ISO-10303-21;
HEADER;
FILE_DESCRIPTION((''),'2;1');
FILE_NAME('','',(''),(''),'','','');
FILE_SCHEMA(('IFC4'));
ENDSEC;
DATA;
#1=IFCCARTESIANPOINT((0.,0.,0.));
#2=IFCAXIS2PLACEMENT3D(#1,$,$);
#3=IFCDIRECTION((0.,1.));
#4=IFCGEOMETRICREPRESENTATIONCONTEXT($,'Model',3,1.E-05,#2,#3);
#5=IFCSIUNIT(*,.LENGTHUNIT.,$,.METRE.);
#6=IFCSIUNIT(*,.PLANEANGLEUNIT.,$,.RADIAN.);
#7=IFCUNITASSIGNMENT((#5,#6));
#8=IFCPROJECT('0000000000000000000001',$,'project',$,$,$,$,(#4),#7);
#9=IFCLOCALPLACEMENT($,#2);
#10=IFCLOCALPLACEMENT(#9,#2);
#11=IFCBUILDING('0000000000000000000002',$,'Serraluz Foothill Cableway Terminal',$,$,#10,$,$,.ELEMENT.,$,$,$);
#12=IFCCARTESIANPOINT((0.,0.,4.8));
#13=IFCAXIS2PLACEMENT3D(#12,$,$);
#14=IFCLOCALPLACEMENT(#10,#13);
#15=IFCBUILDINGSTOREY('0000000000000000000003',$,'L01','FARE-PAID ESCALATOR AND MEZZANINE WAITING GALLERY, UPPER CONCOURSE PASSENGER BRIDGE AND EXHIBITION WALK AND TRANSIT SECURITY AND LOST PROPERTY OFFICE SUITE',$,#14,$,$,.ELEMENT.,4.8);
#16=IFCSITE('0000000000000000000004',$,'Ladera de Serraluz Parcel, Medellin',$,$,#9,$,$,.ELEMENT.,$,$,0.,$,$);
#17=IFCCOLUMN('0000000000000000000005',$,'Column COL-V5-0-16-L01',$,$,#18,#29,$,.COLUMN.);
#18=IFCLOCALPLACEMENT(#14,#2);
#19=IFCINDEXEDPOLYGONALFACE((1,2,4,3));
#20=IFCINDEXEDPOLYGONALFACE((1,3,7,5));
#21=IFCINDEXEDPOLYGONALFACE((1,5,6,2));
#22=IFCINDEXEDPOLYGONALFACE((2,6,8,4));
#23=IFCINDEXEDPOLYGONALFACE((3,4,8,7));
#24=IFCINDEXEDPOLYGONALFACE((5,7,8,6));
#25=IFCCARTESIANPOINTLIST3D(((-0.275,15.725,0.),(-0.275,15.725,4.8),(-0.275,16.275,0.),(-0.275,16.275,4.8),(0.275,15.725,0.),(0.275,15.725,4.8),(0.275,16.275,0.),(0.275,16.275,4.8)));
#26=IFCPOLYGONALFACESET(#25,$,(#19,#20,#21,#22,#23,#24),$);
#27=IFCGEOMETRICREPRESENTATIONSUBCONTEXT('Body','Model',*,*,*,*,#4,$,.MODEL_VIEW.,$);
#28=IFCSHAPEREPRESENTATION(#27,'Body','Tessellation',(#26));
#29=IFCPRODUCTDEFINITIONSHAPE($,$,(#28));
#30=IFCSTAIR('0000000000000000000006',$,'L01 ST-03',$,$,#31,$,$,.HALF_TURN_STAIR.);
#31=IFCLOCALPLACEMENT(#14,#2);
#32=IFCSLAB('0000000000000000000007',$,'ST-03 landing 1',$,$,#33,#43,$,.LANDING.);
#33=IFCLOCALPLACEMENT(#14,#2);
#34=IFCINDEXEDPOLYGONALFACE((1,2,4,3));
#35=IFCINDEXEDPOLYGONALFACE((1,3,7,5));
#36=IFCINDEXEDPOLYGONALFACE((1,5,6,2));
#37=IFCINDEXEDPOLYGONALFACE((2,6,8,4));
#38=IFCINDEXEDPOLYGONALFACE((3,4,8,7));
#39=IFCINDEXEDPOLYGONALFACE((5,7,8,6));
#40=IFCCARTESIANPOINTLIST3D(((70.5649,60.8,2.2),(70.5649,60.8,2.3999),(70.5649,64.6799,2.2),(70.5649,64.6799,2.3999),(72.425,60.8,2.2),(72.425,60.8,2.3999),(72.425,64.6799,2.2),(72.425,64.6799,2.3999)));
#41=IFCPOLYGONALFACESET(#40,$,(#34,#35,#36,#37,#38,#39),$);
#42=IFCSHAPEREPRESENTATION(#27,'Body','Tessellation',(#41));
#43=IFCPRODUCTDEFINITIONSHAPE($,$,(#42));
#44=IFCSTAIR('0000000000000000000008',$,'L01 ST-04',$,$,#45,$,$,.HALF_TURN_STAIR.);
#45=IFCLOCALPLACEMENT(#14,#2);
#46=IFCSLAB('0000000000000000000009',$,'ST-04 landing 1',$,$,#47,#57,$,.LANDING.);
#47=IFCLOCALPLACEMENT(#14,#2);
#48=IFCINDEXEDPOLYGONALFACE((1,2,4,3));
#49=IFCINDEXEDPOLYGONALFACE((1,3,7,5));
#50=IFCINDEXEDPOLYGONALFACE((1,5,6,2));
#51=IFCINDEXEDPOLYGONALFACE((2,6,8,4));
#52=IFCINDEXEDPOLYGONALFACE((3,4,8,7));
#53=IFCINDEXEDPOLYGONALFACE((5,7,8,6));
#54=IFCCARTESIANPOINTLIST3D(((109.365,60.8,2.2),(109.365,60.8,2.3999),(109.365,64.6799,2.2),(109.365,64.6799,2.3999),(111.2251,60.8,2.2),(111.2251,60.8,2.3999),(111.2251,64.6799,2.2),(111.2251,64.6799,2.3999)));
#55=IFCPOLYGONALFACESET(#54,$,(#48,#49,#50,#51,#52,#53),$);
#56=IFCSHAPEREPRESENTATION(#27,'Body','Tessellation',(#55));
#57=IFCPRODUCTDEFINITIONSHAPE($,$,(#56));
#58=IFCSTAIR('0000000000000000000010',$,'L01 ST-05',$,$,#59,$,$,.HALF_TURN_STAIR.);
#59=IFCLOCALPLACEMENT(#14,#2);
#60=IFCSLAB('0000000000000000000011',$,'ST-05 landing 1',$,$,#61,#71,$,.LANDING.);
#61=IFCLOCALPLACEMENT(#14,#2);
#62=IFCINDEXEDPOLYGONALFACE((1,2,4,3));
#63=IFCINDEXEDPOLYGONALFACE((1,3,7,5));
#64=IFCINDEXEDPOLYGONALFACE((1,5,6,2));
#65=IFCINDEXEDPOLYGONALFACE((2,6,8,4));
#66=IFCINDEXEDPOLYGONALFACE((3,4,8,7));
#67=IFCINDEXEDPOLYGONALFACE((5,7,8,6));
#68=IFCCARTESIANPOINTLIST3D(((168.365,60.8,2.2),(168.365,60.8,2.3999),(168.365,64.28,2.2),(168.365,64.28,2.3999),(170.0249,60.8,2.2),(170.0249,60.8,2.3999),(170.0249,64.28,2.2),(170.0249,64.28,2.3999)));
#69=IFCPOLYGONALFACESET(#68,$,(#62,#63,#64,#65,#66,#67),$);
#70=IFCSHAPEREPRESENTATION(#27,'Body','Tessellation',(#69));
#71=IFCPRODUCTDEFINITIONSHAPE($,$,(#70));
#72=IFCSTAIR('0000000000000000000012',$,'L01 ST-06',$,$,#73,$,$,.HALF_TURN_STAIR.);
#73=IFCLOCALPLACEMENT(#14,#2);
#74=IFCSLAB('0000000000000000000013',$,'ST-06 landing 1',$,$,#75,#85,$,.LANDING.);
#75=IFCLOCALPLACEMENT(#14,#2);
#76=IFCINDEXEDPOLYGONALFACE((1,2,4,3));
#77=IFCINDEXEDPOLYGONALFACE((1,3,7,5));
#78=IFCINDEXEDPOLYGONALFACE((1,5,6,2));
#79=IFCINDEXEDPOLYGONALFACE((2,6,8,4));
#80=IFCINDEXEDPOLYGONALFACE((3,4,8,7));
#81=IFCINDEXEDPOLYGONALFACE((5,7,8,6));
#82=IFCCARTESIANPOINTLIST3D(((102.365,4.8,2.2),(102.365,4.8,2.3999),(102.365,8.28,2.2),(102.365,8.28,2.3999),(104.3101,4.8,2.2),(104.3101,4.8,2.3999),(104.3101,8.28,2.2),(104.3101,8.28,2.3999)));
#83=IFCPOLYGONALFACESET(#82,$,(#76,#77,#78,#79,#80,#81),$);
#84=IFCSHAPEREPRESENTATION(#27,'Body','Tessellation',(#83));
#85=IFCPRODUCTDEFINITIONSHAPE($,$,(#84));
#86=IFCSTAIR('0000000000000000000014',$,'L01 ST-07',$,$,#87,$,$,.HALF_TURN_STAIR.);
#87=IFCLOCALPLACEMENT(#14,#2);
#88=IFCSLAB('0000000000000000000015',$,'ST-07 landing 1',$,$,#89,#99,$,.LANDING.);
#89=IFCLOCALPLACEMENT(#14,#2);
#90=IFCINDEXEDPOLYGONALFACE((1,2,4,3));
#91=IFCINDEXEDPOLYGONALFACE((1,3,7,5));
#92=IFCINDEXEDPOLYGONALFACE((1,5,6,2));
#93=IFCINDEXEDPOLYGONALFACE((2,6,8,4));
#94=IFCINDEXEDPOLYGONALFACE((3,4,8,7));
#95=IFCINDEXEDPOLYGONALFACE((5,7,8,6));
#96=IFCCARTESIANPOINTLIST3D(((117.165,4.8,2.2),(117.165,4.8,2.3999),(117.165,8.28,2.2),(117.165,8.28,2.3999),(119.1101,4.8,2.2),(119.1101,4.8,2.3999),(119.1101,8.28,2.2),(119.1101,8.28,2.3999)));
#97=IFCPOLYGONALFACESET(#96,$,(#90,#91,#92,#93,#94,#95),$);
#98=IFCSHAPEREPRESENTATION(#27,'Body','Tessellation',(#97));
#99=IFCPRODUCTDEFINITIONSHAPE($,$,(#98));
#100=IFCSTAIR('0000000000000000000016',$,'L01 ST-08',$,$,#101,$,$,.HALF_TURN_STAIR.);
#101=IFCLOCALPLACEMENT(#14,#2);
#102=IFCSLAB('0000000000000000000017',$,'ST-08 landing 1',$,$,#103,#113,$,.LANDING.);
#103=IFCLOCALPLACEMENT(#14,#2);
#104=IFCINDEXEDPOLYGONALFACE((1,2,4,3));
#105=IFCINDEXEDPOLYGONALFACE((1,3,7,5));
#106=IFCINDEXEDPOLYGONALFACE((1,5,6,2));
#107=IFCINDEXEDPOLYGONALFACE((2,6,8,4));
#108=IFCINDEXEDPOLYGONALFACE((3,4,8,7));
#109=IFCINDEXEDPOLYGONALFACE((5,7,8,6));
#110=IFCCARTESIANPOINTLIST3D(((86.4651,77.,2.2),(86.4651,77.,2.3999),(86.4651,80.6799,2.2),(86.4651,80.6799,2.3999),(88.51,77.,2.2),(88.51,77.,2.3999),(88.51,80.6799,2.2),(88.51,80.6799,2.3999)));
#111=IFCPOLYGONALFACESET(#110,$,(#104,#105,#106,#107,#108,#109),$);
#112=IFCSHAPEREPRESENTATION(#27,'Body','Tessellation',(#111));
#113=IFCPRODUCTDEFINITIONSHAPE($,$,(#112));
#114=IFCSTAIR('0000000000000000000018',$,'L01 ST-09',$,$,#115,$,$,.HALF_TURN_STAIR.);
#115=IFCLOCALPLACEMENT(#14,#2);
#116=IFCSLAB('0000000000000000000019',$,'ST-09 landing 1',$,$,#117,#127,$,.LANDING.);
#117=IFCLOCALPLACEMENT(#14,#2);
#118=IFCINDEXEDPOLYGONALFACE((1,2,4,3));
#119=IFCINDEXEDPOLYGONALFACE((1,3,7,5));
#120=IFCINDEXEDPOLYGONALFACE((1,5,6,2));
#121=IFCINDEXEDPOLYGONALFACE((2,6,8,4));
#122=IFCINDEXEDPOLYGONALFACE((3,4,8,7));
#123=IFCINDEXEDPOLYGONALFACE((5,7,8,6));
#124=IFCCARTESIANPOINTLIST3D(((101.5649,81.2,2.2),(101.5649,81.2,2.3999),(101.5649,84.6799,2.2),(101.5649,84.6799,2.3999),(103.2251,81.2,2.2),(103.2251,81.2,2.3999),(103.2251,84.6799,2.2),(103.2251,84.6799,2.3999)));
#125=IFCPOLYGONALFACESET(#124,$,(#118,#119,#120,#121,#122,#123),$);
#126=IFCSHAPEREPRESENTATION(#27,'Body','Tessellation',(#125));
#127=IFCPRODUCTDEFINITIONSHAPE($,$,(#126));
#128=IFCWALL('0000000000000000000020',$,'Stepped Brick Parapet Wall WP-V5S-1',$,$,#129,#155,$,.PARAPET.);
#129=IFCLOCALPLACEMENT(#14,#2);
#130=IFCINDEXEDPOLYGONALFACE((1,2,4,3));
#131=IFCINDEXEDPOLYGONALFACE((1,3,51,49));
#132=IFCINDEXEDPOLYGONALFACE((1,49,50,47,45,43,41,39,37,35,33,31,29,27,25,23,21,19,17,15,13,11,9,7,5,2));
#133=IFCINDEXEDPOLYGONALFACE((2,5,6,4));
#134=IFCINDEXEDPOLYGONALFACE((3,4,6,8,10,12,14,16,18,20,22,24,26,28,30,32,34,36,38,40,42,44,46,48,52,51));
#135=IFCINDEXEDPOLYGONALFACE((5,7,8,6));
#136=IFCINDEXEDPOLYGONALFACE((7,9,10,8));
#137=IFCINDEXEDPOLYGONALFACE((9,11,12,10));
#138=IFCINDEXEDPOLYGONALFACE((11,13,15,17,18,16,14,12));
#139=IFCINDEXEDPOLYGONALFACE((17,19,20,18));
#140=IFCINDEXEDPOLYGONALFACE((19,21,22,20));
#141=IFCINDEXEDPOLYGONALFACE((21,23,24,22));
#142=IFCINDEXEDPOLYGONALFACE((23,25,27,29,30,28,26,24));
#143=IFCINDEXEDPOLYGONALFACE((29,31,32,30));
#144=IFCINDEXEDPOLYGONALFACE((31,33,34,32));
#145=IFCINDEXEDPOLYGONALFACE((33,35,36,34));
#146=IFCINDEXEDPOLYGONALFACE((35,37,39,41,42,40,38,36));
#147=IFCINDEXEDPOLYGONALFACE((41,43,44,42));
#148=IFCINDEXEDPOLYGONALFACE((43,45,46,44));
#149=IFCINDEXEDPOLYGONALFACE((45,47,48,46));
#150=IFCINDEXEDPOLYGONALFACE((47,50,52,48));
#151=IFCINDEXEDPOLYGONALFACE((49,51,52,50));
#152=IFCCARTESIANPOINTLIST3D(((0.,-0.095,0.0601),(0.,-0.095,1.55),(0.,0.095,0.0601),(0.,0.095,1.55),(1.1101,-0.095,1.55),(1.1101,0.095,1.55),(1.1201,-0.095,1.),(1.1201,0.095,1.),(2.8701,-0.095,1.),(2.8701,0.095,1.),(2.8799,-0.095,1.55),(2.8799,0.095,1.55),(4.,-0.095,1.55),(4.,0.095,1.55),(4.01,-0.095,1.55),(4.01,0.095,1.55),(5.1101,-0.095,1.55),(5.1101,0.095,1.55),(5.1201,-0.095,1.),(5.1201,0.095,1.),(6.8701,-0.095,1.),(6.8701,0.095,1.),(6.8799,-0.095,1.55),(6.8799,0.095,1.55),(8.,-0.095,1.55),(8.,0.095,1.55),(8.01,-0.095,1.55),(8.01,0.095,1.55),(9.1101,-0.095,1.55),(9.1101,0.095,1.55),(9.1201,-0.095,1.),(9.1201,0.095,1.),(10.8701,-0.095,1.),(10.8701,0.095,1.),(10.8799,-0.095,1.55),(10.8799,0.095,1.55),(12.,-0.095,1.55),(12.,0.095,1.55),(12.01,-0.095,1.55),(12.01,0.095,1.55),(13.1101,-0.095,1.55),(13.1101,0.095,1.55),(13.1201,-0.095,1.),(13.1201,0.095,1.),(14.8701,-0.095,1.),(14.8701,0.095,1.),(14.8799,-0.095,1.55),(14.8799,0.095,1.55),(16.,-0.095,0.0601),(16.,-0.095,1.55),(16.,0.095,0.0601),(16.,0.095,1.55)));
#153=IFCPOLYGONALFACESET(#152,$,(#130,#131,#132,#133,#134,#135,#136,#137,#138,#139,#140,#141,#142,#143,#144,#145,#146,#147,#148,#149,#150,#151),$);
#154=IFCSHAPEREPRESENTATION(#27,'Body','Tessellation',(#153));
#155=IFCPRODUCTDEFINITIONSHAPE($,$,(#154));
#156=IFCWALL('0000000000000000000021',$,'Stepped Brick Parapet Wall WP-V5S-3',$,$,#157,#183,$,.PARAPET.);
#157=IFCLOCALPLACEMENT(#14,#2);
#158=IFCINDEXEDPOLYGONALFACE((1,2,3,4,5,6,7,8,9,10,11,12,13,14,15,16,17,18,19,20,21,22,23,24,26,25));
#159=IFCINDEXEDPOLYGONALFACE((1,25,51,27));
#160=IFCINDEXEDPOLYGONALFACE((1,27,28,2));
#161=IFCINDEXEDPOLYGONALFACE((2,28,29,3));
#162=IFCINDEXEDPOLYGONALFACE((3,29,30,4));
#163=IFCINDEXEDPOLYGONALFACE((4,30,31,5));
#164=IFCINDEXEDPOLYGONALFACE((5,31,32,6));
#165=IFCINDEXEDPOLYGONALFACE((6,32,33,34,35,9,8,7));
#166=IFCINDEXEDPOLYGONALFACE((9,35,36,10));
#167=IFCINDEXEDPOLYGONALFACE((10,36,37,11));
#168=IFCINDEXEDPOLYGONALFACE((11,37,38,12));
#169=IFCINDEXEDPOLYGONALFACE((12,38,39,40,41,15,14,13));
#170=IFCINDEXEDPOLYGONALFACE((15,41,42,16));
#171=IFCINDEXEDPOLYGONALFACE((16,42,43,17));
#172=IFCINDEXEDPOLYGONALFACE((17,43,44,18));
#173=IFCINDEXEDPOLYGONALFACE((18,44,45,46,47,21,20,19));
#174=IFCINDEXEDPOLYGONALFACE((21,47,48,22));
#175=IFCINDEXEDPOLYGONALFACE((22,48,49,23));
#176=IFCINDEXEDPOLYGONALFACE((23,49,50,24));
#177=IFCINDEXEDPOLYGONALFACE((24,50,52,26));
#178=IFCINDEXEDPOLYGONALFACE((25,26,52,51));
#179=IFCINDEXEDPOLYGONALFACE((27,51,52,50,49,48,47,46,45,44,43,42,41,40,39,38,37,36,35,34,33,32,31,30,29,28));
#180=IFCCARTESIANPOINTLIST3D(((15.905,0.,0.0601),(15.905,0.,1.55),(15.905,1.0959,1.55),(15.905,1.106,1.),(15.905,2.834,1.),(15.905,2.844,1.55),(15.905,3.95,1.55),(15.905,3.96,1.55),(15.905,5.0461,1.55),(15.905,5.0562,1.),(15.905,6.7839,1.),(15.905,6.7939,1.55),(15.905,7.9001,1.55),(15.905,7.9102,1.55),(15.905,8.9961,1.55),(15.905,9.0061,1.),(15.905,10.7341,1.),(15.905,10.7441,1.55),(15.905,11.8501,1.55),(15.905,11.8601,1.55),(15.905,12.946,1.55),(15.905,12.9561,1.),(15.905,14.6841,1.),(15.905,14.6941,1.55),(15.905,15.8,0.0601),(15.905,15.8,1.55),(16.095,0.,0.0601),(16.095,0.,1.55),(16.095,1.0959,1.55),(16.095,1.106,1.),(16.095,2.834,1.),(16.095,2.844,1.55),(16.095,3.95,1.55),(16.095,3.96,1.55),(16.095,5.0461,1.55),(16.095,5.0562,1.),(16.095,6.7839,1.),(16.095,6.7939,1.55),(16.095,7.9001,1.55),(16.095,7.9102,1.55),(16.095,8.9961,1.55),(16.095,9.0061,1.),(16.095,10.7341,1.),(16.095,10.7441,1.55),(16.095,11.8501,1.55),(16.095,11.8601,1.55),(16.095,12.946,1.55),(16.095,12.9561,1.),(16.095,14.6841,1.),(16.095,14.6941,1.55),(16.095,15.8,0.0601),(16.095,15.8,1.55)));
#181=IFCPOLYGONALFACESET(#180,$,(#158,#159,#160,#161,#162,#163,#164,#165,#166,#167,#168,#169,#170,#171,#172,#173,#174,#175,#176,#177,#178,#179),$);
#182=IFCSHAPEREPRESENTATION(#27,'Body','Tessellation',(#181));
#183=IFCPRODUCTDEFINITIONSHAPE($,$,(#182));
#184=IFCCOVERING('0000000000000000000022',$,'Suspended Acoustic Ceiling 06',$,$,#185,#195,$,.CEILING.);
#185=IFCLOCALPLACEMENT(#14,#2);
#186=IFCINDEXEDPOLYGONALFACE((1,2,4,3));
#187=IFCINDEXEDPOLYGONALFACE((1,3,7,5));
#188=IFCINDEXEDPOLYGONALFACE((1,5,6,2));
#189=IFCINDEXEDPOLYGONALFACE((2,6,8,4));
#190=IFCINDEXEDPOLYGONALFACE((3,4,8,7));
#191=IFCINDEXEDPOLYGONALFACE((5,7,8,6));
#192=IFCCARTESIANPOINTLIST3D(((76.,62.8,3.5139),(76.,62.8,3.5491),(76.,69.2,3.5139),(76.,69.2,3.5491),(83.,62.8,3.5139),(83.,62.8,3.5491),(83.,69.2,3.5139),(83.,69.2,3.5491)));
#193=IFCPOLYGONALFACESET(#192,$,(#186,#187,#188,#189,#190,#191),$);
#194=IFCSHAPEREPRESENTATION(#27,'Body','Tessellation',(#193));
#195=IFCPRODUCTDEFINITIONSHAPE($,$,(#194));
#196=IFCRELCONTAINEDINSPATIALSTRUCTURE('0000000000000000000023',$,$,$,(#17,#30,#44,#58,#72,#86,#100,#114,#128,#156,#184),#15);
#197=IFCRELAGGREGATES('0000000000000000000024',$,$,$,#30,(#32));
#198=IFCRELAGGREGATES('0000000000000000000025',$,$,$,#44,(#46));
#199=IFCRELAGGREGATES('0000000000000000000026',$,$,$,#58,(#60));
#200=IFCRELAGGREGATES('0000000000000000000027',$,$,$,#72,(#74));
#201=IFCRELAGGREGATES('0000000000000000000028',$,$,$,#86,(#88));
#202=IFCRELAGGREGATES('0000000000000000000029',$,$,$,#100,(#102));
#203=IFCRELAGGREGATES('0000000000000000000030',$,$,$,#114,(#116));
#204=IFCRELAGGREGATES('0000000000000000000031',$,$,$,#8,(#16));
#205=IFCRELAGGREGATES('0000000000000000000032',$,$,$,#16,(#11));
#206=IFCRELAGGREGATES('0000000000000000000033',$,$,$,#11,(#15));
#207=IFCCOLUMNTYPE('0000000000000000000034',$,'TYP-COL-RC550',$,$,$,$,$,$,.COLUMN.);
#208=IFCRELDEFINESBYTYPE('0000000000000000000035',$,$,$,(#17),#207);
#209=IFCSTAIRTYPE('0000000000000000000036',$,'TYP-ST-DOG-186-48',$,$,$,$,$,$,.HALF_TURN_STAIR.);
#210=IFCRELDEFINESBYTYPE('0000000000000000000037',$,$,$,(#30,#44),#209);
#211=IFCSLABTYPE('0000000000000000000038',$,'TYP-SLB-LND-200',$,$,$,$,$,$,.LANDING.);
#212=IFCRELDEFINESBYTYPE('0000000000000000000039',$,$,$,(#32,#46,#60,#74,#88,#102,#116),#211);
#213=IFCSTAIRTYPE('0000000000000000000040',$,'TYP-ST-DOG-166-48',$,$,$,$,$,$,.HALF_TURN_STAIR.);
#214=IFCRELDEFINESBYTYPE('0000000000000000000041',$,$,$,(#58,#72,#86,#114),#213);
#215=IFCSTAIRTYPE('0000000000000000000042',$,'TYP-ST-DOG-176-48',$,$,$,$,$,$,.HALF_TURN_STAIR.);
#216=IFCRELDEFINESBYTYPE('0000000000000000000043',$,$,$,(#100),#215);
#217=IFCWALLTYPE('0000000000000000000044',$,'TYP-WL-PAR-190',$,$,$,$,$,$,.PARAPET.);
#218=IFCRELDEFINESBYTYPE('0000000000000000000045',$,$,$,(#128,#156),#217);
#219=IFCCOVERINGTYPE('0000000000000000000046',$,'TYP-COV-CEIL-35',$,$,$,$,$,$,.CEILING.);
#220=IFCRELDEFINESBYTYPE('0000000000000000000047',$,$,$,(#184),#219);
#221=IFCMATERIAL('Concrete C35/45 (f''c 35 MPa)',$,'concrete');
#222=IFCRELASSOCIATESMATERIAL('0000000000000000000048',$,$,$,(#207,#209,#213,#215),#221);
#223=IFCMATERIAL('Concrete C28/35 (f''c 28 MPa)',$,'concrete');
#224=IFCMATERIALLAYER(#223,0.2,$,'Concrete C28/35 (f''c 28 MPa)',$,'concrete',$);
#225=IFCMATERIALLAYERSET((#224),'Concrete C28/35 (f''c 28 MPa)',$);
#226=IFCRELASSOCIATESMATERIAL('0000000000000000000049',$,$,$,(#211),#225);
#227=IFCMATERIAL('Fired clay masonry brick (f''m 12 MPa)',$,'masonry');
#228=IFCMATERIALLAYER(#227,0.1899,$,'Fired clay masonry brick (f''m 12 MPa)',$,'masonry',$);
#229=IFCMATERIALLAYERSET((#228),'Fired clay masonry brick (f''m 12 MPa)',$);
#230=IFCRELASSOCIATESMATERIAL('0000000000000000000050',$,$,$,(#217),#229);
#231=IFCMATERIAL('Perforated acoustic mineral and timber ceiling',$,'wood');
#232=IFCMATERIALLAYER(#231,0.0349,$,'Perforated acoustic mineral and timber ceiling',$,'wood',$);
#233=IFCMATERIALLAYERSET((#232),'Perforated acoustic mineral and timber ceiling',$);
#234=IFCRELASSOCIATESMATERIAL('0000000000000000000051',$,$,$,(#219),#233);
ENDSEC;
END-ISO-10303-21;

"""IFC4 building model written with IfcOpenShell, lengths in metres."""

from ifc_helpers import new_model, si_unit, direction, frame, origin, origin_2d, place, context, subcontext, project, spatial, polyline, rectangle, outline, extrude, material, layer, layer_set, material_profile, profile_set, type_object, element, aggregate, save


model = new_model("IFC4")

# Units and contexts
model_context = context("Model", 3, precision=1e-05, world=origin(), true_north=direction((0.0, 1.0)))
body_context = subcontext(model_context, "Body", "Model", "MODEL_VIEW")
ifc_project = project(units=[si_unit("LENGTHUNIT", "METRE"), si_unit("PLANEANGLEUNIT", "RADIAN")], contexts=[model_context])

# Site, building, storey
site_placement = place(None, origin())
site = spatial("IfcSite", under=ifc_project, at=site_placement, Name="Ladera de Serraluz Parcel, Medellin", CompositionType="ELEMENT", RefElevation=0.0)
building_placement = place(site_placement, origin())
building = spatial("IfcBuilding", under=site, at=building_placement, Name="Serraluz Foothill Cableway Terminal", CompositionType="ELEMENT")
storey_placement = place(building_placement, frame((0.0, 0.0, 4.8)))
storey = spatial("IfcBuildingStorey", under=building, at=storey_placement, Name="L01", Description="FARE-PAID ESCALATOR AND MEZZANINE WAITING GALLERY, UPPER CONCOURSE PASSENGER BRIDGE AND EXHIBITION WALK AND TRANSIT SECURITY AND LOST PROPERTY OFFICE SUITE", CompositionType="ELEMENT", Elevation=4.8)

# Column
ifc_material_1 = material(Name="Concrete C35/45 (f'c 35 MPa)", Category="concrete")
ifc_material_profile = material_profile(ifc_material_1, rectangle(XDim=0.55, YDim=0.55, at=origin_2d()), Name="RC 550x550")
ifc_profile_set = profile_set([ifc_material_profile], Name="Concrete C35/45 (f'c 35 MPa)")
column_type = type_object("IfcColumnType", Name="TYP-COL-RC550", PredefinedType="COLUMN", material=ifc_profile_set)
column_placement = place(storey_placement, frame((0.0, 16.0, 0.0), z_axis=(0.0, 0.0, 1.0), x_axis=(1.0, 0.0, 0.0)))
element("IfcColumn", 1, at=column_placement, inside=storey, type_object=column_type, Name="Column COL-V5-0-16-L01", PredefinedType="COLUMN", context=body_context, shape_type="SweptSolid", body=[
    extrude(rectangle(XDim=0.55, YDim=0.55, at=origin_2d()), origin(), (0.0, 0.0, 1.0), 4.8),
])

# Stairs, slabs
stair_type_1 = type_object("IfcStairType", Name="TYP-ST-DOG-186-48", PredefinedType="HALF_TURN_STAIR", material=ifc_material_1)
stair_1_placement = place(storey_placement, origin())
stair_1 = element("IfcStair", 2, at=stair_1_placement, inside=storey, type_object=stair_type_1, Name="L01 ST-03", PredefinedType="HALF_TURN_STAIR")
ifc_material_2 = material(Name="Concrete C28/35 (f'c 28 MPa)", Category="concrete")
ifc_layer_1 = layer(ifc_material_2, 0.2, Name="Concrete C28/35 (f'c 28 MPa)", Category="concrete")
ifc_layer_set_1 = layer_set([ifc_layer_1], Name="Concrete C28/35 (f'c 28 MPa)")
slab_type = type_object("IfcSlabType", Name="TYP-SLB-LND-200", PredefinedType="LANDING", material=ifc_layer_set_1)
slab_1_placement = place(storey_placement, frame((0.0, 0.0, 2.2)))
slab_1 = element("IfcSlab", 3, at=slab_1_placement, type_object=slab_type, Name="ST-03 landing 1", PredefinedType="LANDING", context=body_context, shape_type="SweptSolid", body=[
    extrude(outline(polyline([(70.5649, 60.8), (72.425, 60.8), (72.425, 64.6799), (70.5649, 64.6799), (70.5649, 60.8)])), origin(), (0.0, 0.0, 1.0), 0.2),
])
aggregate(stair_1, [slab_1])
stair_2_placement = place(storey_placement, origin())
stair_2 = element("IfcStair", 4, at=stair_2_placement, inside=storey, type_object=stair_type_1, Name="L01 ST-04", PredefinedType="HALF_TURN_STAIR")
slab_2_placement = place(storey_placement, frame((0.0, 0.0, 2.2)))
slab_2 = element("IfcSlab", 5, at=slab_2_placement, type_object=slab_type, Name="ST-04 landing 1", PredefinedType="LANDING", context=body_context, shape_type="SweptSolid", body=[
    extrude(outline(polyline([(109.365, 60.8), (111.2251, 60.8), (111.2251, 64.6799), (109.365, 64.6799), (109.365, 60.8)])), origin(), (0.0, 0.0, 1.0), 0.2),
])
aggregate(stair_2, [slab_2])
stair_type_2 = type_object("IfcStairType", Name="TYP-ST-DOG-166-48", PredefinedType="HALF_TURN_STAIR", material=ifc_material_1)
stair_3_placement = place(storey_placement, origin())
stair_3 = element("IfcStair", 6, at=stair_3_placement, inside=storey, type_object=stair_type_2, Name="L01 ST-05", PredefinedType="HALF_TURN_STAIR")
slab_3_placement = place(storey_placement, frame((0.0, 0.0, 2.2)))
slab_3 = element("IfcSlab", 7, at=slab_3_placement, type_object=slab_type, Name="ST-05 landing 1", PredefinedType="LANDING", context=body_context, shape_type="SweptSolid", body=[
    extrude(outline(polyline([(168.365, 60.8), (170.0249, 60.8), (170.0249, 64.28), (168.365, 64.28), (168.365, 60.8)])), origin(), (0.0, 0.0, 1.0), 0.2),
])
aggregate(stair_3, [slab_3])
stair_4_placement = place(storey_placement, origin())
stair_4 = element("IfcStair", 8, at=stair_4_placement, inside=storey, type_object=stair_type_2, Name="L01 ST-06", PredefinedType="HALF_TURN_STAIR")
slab_4_placement = place(storey_placement, frame((0.0, 0.0, 2.2)))
slab_4 = element("IfcSlab", 9, at=slab_4_placement, type_object=slab_type, Name="ST-06 landing 1", PredefinedType="LANDING", context=body_context, shape_type="SweptSolid", body=[
    extrude(outline(polyline([(102.365, 4.8), (104.3101, 4.8), (104.3101, 8.28), (102.365, 8.28), (102.365, 4.8)])), origin(), (0.0, 0.0, 1.0), 0.2),
])
aggregate(stair_4, [slab_4])
stair_5_placement = place(storey_placement, origin())
stair_5 = element("IfcStair", 10, at=stair_5_placement, inside=storey, type_object=stair_type_2, Name="L01 ST-07", PredefinedType="HALF_TURN_STAIR")
slab_5_placement = place(storey_placement, frame((0.0, 0.0, 2.2)))
slab_5 = element("IfcSlab", 11, at=slab_5_placement, type_object=slab_type, Name="ST-07 landing 1", PredefinedType="LANDING", context=body_context, shape_type="SweptSolid", body=[
    extrude(outline(polyline([(117.165, 4.8), (119.1101, 4.8), (119.1101, 8.28), (117.165, 8.28), (117.165, 4.8)])), origin(), (0.0, 0.0, 1.0), 0.2),
])
aggregate(stair_5, [slab_5])
stair_type_3 = type_object("IfcStairType", Name="TYP-ST-DOG-176-48", PredefinedType="HALF_TURN_STAIR", material=ifc_material_1)
stair_6_placement = place(storey_placement, origin())
stair_6 = element("IfcStair", 12, at=stair_6_placement, inside=storey, type_object=stair_type_3, Name="L01 ST-08", PredefinedType="HALF_TURN_STAIR")
slab_6_placement = place(storey_placement, frame((0.0, 0.0, 2.2)))
slab_6 = element("IfcSlab", 13, at=slab_6_placement, type_object=slab_type, Name="ST-08 landing 1", PredefinedType="LANDING", context=body_context, shape_type="SweptSolid", body=[
    extrude(outline(polyline([(86.4651, 77.0), (88.51, 77.0), (88.51, 80.6799), (86.4651, 80.6799), (86.4651, 77.0)])), origin(), (0.0, 0.0, 1.0), 0.2),
])
aggregate(stair_6, [slab_6])
stair_7_placement = place(storey_placement, origin())
stair_7 = element("IfcStair", 14, at=stair_7_placement, inside=storey, type_object=stair_type_2, Name="L01 ST-09", PredefinedType="HALF_TURN_STAIR")
slab_7_placement = place(storey_placement, frame((0.0, 0.0, 2.2)))
slab_7 = element("IfcSlab", 15, at=slab_7_placement, type_object=slab_type, Name="ST-09 landing 1", PredefinedType="LANDING", context=body_context, shape_type="SweptSolid", body=[
    extrude(outline(polyline([(101.5649, 81.2), (103.2251, 81.2), (103.2251, 84.6799), (101.5649, 84.6799), (101.5649, 81.2)])), origin(), (0.0, 0.0, 1.0), 0.2),
])
aggregate(stair_7, [slab_7])

# Walls
ifc_material_3 = material(Name="Fired clay masonry brick (f'm 12 MPa)", Category="masonry")
ifc_layer_2 = layer(ifc_material_3, 0.1899, Name="Fired clay masonry brick (f'm 12 MPa)", Category="masonry")
ifc_layer_set_2 = layer_set([ifc_layer_2], Name="Fired clay masonry brick (f'm 12 MPa)")
wall_type = type_object("IfcWallType", Name="TYP-WL-PAR-190", PredefinedType="PARAPET", material=ifc_layer_set_2)
wall_1_placement = place(storey_placement, frame((16.0, 0.0, 0.0601), z_axis=(0.0, 0.0, 1.0), x_axis=(-1.0, 0.0, 0.0)))
element("IfcWall", 16, at=wall_1_placement, inside=storey, type_object=wall_type, Name="Stepped Brick Parapet Wall WP-V5S-1", PredefinedType="PARAPET", context=body_context, shape_type="SweptSolid", body=[
    extrude(outline(polyline([(0.0, 0.0), (16.0, 0.0), (16.0, 1.49), (14.8899, 1.49), (14.8799, 0.9399), (13.1299, 0.9399), (13.1201, 1.49), (12.0, 1.49), (11.99, 1.49), (10.8899, 1.49), (10.8799, 0.9399), (9.1299, 0.9399), (9.1201, 1.49), (8.0, 1.49), (7.99, 1.49), (6.8899, 1.49), (6.8799, 0.9399), (5.1299, 0.9399), (5.1201, 1.49), (4.0, 1.49), (3.99, 1.49), (2.8899, 1.49), (2.8799, 0.9399), (1.1299, 0.9399), (1.1201, 1.49), (0.0, 1.49), (0.0, 0.0)])), frame((0.0, 0.095, 0.0), z_axis=(0.0, -1.0, 0.0), x_axis=(1.0, 0.0, 0.0)), (0.0, 0.0, 1.0), 0.1899),
])
wall_2_placement = place(storey_placement, frame((16.0, 15.8, 0.0601), z_axis=(0.0, 0.0, 1.0), x_axis=(0.0, -1.0, 0.0)))
element("IfcWall", 17, at=wall_2_placement, inside=storey, type_object=wall_type, Name="Stepped Brick Parapet Wall WP-V5S-3", PredefinedType="PARAPET", context=body_context, shape_type="SweptSolid", body=[
    extrude(outline(polyline([(0.0, 0.0), (15.8, 0.0), (15.8, 1.49), (14.7041, 1.49), (14.6941, 0.9399), (12.9661, 0.9399), (12.9561, 1.49), (11.8501, 1.49), (11.8401, 1.49), (10.7539, 1.49), (10.7439, 0.9399), (9.0161, 0.9399), (9.0061, 1.49), (7.8999, 1.49), (7.8899, 1.49), (6.804, 1.49), (6.7939, 0.9399), (5.0659, 0.9399), (5.0559, 1.49), (3.95, 1.49), (3.9399, 1.49), (2.854, 1.49), (2.844, 0.9399), (1.116, 0.9399), (1.106, 1.49), (0.0, 1.49), (0.0, 0.0)])), frame((0.0, 0.095, 0.0), z_axis=(0.0, -1.0, 0.0), x_axis=(1.0, 0.0, 0.0)), (0.0, 0.0, 1.0), 0.1899),
])

# Covering
ifc_material_4 = material(Name="Perforated acoustic mineral and timber ceiling", Category="wood")
ifc_layer_3 = layer(ifc_material_4, 0.0349, Name="Perforated acoustic mineral and timber ceiling", Category="wood")
ifc_layer_set_3 = layer_set([ifc_layer_3], Name="Perforated acoustic mineral and timber ceiling")
covering_type_1 = type_object("IfcCoveringType", Name="TYP-COV-CEIL-35", PredefinedType="CEILING", material=ifc_layer_set_3)
covering_1_placement = place(storey_placement, frame((0.0, 0.0, 3.5139)))
element("IfcCovering", 18, at=covering_1_placement, inside=storey, type_object=covering_type_1, Name="Suspended Acoustic Ceiling 06", PredefinedType="CEILING", context=body_context, shape_type="SweptSolid", body=[
    extrude(outline(polyline([(76.0, 69.2), (83.0, 69.2), (83.0, 62.8), (76.0, 62.8), (76.0, 69.2)])), origin(), (0.0, 0.0, 1.0), 0.0352),
])

save(model, "model.ifc")
